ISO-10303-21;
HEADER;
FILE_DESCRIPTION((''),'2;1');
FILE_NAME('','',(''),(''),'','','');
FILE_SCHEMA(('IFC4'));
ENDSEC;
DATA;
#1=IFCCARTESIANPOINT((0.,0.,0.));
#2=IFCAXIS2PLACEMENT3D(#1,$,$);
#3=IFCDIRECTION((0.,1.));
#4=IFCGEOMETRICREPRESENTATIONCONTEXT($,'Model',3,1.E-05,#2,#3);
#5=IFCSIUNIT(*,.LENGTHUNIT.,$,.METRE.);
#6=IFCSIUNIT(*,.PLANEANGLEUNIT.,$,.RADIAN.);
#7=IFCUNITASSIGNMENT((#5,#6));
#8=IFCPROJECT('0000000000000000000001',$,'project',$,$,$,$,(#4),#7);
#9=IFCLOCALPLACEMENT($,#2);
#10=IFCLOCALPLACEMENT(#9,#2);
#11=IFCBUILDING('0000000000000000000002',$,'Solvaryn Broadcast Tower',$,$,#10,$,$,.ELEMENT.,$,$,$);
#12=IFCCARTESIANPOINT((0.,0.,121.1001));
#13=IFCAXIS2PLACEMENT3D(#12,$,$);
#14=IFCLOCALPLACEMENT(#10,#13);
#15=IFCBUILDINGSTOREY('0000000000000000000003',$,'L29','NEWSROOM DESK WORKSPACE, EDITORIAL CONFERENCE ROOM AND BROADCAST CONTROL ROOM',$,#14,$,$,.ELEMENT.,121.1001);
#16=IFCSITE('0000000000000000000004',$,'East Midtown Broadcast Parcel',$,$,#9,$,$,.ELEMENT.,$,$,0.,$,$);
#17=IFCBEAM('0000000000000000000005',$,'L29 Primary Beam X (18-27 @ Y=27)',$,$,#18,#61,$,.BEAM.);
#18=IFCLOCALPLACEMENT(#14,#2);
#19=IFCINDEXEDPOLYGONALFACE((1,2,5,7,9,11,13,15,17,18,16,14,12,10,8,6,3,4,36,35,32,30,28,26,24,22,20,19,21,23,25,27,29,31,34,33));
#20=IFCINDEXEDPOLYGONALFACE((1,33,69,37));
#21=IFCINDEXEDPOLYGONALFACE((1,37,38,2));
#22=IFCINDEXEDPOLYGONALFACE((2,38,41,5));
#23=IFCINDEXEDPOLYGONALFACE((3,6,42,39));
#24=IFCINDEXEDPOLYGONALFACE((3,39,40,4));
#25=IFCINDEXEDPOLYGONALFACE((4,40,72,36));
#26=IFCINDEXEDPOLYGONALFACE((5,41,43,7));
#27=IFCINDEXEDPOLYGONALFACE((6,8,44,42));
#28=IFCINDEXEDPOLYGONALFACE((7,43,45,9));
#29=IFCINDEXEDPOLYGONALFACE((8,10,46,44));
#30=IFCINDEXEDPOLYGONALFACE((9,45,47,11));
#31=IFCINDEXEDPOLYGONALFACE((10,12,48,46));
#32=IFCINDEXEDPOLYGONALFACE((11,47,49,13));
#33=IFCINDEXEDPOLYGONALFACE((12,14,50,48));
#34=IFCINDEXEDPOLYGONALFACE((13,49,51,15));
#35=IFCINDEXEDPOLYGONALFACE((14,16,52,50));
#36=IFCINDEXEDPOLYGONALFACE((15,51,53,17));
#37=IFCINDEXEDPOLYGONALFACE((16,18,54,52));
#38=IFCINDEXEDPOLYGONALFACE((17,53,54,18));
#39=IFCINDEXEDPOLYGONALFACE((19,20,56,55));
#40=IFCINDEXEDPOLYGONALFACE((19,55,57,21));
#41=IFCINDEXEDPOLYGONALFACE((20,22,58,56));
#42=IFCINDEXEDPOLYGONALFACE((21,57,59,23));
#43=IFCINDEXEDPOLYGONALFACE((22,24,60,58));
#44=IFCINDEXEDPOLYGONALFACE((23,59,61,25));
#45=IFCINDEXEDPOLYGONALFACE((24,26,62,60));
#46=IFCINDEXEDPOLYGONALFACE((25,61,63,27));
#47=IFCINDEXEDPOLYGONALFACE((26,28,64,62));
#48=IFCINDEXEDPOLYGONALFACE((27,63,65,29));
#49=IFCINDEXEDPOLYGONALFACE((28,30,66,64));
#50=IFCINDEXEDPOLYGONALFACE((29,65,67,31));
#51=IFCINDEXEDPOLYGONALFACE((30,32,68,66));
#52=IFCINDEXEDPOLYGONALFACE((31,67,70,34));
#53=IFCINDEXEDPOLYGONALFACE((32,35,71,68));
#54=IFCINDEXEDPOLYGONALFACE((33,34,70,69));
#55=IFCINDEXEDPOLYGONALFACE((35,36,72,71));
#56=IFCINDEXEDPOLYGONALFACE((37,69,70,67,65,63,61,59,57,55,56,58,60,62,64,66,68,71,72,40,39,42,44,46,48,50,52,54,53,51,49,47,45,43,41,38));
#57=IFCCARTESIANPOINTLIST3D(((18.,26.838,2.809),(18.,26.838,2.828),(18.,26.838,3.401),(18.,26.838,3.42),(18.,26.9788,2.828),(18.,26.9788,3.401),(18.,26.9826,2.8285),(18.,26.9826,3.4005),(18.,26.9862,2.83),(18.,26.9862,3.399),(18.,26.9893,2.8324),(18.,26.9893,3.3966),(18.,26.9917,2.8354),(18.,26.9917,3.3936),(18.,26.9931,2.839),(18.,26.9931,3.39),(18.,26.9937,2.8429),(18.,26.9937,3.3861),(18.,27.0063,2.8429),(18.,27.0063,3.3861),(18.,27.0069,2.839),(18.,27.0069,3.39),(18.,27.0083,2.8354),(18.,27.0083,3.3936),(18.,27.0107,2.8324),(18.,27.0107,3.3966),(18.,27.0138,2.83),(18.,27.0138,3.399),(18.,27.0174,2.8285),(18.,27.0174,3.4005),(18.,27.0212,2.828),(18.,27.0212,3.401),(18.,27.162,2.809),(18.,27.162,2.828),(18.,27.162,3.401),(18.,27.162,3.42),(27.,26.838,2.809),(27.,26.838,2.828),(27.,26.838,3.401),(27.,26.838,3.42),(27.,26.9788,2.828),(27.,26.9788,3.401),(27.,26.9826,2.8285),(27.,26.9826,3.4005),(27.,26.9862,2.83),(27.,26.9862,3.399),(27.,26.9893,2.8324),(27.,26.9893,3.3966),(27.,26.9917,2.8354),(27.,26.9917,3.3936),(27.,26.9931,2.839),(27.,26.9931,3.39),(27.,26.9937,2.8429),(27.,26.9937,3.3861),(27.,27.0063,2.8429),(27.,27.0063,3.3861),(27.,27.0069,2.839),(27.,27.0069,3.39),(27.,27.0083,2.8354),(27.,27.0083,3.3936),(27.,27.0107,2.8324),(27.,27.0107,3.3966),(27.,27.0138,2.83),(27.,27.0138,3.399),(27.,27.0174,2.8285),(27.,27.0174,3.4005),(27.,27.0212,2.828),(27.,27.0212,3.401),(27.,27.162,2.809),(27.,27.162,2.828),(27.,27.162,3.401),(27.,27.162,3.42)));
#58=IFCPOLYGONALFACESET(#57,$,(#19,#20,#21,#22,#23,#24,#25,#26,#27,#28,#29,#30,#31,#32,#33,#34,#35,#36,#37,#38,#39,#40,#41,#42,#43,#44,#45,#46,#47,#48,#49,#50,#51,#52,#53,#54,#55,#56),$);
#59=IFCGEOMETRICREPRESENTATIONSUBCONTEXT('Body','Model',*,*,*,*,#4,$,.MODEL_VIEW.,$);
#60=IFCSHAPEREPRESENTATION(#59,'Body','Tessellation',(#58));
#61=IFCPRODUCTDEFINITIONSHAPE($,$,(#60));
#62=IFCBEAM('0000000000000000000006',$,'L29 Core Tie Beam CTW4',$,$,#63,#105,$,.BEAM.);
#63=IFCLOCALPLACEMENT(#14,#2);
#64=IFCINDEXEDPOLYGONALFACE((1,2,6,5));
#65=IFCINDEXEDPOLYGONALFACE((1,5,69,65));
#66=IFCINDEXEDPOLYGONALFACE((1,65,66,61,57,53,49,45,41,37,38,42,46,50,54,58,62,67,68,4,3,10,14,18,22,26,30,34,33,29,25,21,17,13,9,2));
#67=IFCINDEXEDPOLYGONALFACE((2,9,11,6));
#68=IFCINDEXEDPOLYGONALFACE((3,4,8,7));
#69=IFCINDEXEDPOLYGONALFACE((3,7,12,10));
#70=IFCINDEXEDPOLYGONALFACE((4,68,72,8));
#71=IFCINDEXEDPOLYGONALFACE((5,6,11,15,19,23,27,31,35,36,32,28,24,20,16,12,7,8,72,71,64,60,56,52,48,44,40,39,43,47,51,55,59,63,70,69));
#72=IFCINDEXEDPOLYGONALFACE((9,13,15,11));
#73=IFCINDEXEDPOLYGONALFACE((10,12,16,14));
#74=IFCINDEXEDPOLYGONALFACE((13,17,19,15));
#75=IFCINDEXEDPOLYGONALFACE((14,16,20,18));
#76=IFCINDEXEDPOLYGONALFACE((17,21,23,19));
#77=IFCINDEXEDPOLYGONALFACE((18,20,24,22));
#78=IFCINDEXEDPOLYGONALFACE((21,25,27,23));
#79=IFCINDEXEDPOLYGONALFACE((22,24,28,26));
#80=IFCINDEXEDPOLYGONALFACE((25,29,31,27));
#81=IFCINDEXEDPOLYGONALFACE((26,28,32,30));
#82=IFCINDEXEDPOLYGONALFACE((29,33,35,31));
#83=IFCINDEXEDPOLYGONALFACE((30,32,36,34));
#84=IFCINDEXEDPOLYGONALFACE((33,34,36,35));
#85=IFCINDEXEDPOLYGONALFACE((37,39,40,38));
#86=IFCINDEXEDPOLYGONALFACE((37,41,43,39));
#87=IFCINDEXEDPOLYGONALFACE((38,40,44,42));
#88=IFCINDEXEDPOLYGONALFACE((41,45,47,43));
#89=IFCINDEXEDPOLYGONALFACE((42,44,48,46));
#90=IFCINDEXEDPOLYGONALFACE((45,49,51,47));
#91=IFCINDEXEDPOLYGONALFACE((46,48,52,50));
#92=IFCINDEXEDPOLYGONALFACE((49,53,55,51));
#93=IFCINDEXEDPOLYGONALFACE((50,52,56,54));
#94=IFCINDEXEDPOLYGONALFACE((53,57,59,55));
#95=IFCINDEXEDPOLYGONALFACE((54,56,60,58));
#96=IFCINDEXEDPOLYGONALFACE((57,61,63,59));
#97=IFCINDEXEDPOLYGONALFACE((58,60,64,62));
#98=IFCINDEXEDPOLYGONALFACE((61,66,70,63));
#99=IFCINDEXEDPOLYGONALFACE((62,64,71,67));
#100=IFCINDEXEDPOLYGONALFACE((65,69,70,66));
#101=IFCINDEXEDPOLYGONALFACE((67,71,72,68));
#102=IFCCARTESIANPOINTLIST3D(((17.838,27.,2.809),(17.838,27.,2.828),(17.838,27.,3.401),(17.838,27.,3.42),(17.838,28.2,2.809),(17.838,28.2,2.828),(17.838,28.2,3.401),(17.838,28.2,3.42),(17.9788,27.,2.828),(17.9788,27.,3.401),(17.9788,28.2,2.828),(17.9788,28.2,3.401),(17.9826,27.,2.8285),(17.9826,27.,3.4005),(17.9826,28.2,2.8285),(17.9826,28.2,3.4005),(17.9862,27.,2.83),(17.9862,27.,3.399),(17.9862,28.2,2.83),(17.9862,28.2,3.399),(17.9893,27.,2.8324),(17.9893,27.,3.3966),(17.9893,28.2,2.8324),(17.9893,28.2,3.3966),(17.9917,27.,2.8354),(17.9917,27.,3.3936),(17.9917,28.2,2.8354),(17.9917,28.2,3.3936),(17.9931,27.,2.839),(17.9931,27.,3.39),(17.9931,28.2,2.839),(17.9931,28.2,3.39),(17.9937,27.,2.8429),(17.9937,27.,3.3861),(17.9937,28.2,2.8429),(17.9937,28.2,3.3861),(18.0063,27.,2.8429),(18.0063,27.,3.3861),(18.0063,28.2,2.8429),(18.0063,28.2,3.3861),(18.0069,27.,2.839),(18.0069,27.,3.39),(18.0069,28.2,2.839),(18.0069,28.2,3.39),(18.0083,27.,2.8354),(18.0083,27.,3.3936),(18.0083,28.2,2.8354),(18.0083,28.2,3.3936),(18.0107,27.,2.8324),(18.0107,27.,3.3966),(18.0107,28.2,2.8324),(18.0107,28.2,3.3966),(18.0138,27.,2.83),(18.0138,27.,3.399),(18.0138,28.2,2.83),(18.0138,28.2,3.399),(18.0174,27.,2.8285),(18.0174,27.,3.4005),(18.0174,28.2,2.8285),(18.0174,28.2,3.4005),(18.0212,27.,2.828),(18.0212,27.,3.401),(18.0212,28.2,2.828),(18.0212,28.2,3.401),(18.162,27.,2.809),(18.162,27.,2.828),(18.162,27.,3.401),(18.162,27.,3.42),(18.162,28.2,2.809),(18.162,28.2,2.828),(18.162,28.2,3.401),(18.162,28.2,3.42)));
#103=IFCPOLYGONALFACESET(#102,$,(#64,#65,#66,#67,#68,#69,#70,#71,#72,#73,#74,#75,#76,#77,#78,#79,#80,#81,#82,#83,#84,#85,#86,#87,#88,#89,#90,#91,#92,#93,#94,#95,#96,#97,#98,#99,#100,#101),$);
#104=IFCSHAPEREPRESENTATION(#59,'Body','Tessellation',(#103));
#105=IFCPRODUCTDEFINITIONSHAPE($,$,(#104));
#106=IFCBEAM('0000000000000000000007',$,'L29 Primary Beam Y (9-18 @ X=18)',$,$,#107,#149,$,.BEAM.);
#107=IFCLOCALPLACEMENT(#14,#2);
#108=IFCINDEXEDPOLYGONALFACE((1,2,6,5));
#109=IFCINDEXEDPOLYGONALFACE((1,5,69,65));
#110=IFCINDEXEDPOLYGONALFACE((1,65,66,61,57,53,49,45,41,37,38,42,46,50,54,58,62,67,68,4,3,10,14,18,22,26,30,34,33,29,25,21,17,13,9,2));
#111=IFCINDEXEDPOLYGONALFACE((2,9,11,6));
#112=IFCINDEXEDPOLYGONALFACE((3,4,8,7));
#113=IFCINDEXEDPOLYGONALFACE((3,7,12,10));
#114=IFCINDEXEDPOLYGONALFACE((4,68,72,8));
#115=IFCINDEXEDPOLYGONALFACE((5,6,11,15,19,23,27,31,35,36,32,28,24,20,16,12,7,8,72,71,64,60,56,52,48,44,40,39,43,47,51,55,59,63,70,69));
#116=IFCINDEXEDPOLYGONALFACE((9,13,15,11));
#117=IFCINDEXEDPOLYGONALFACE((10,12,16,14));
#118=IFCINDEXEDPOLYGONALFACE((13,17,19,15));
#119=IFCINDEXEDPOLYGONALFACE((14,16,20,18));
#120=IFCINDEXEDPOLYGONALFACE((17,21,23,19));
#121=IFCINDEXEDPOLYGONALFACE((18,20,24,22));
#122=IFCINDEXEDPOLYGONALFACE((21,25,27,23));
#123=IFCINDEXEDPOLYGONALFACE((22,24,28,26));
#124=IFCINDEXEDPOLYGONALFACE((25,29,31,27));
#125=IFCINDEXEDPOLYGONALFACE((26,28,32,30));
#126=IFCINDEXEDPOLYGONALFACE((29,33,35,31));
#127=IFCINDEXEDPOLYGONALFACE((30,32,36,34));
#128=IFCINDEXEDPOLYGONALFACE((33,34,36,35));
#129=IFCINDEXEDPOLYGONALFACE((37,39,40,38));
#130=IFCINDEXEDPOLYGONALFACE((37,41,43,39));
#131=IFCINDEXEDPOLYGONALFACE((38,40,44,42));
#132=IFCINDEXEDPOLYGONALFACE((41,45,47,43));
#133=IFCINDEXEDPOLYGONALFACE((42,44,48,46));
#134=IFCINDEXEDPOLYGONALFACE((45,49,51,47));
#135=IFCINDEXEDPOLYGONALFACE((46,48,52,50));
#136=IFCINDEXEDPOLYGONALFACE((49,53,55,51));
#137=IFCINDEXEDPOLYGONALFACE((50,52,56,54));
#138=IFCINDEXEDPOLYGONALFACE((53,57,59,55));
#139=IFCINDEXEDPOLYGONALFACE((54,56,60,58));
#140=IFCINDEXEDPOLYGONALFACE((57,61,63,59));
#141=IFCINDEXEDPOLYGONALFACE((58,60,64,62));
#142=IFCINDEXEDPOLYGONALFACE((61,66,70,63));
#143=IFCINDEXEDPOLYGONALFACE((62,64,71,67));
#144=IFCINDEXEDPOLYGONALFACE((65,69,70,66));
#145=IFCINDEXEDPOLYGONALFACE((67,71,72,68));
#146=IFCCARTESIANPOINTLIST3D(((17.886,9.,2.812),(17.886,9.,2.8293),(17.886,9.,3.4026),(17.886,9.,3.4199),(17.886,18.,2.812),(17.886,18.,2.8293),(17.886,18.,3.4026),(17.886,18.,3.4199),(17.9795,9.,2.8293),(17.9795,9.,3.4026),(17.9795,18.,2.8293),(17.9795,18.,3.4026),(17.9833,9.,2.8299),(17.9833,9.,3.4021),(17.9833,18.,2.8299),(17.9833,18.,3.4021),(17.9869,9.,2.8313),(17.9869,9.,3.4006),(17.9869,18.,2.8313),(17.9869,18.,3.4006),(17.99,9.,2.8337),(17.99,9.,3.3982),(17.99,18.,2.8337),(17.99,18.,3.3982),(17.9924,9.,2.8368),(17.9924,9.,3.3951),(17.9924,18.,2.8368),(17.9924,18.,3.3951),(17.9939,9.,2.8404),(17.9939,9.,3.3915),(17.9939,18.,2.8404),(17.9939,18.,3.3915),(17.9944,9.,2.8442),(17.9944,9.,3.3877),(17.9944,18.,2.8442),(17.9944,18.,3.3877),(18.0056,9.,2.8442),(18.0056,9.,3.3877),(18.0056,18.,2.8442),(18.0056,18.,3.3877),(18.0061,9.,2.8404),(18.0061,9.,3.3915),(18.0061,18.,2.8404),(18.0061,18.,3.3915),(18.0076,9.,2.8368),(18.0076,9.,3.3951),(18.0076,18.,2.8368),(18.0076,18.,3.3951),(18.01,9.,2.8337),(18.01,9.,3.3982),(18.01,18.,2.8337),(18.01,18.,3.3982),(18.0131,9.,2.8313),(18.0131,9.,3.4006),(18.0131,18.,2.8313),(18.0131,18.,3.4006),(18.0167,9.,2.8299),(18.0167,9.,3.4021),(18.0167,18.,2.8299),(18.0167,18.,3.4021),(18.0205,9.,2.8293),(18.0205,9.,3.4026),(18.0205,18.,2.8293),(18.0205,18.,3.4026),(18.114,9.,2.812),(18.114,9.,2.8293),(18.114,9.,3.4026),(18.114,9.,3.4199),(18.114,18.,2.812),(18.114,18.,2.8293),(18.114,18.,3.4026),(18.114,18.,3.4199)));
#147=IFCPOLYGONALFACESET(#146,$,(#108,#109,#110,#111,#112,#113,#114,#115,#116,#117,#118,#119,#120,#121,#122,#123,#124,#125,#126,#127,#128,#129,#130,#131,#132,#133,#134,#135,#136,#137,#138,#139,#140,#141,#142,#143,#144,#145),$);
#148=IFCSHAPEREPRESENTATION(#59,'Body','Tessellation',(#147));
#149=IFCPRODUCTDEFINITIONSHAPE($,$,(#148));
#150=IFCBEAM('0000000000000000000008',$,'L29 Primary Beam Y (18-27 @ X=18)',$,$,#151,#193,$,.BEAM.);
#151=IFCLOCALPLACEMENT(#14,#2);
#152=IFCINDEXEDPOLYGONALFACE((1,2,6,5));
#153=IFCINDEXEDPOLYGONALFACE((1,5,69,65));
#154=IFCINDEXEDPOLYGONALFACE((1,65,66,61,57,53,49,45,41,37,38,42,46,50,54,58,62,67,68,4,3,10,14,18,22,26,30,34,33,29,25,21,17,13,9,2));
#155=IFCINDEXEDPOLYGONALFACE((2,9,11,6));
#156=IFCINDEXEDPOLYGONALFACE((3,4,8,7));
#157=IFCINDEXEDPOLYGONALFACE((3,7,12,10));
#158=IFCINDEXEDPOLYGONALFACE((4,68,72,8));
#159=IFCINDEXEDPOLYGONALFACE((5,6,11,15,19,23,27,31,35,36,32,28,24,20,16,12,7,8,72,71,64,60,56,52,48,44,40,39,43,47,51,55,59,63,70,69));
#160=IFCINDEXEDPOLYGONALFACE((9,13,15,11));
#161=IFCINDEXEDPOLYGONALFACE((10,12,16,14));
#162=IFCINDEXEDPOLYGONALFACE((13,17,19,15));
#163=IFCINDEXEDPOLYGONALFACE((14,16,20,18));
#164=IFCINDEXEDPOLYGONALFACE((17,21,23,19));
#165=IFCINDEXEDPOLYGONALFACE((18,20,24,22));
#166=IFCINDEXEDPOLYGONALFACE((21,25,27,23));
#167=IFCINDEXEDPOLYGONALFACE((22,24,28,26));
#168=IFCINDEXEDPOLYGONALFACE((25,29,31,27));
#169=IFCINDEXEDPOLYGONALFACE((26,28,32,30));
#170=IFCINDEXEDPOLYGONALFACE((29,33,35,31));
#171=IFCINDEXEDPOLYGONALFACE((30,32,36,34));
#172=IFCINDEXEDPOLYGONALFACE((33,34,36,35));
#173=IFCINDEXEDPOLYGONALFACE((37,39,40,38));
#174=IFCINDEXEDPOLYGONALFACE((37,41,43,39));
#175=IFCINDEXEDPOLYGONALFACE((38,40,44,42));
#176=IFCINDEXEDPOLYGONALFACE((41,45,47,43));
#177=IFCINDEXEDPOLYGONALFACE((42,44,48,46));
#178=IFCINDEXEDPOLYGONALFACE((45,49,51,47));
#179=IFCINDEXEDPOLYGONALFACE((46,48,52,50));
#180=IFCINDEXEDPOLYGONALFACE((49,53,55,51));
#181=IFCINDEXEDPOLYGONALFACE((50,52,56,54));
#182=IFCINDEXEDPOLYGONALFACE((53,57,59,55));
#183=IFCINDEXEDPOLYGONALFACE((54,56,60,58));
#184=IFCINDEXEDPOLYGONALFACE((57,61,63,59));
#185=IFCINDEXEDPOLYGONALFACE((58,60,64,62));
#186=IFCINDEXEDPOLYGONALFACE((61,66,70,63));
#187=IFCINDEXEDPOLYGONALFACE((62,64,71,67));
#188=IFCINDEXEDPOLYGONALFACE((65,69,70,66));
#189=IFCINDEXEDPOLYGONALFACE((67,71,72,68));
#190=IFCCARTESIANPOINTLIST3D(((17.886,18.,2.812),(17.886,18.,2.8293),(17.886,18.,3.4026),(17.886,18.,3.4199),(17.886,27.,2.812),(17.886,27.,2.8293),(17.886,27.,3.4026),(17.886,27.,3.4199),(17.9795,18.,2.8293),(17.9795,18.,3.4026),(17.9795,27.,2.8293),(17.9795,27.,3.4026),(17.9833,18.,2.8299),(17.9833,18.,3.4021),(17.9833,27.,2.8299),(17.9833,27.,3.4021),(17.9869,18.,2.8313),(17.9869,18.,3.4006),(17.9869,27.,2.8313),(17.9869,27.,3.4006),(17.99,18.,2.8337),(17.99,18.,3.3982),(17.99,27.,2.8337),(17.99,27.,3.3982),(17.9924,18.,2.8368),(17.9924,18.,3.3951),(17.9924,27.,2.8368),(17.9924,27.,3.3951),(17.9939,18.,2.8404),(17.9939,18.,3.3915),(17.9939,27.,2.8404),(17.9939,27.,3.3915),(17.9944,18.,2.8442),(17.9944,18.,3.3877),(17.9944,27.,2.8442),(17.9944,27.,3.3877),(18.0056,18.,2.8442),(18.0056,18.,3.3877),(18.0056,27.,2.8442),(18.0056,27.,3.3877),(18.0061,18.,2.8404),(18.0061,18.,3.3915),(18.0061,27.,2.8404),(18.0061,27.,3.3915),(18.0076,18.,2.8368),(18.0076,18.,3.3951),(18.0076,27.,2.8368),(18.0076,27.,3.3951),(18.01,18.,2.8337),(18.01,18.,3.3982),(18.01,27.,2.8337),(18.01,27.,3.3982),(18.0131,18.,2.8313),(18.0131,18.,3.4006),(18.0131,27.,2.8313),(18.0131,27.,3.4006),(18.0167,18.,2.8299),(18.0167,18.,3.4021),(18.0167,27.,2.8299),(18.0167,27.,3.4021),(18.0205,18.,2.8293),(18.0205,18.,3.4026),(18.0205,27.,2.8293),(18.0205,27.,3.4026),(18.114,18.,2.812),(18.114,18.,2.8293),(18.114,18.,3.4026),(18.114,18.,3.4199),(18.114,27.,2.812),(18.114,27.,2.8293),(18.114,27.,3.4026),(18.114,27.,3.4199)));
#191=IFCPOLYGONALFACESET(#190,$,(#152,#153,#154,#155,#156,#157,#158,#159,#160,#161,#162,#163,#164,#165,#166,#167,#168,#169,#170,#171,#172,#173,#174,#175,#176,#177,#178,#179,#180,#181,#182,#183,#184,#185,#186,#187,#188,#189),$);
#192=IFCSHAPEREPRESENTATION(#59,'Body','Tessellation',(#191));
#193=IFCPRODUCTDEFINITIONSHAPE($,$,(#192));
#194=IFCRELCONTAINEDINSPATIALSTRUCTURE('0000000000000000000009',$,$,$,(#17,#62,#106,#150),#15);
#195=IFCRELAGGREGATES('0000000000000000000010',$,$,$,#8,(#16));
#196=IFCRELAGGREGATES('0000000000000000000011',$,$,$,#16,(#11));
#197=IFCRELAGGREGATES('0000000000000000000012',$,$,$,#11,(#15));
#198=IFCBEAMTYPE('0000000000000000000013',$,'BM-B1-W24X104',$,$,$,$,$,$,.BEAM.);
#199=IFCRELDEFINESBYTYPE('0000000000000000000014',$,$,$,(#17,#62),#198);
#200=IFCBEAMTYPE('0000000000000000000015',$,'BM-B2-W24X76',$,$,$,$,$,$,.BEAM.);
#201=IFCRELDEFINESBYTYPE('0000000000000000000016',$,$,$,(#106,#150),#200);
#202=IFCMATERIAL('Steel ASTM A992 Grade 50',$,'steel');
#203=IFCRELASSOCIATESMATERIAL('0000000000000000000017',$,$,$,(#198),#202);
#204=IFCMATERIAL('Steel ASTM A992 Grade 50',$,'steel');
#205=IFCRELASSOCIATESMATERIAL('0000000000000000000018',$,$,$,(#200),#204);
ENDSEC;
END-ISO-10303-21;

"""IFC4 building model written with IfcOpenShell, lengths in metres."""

from ifc_helpers import new_model, si_unit, direction, frame, origin, origin_2d, place, context, subcontext, project, spatial, i_section, extrude, material, material_profile, profile_set, type_object, element, save


model = new_model("IFC4")

# Units and contexts
model_context = context("Model", 3, precision=1e-05, world=origin(), true_north=direction((0.0, 1.0)))
body_context = subcontext(model_context, "Body", "Model", "MODEL_VIEW")
ifc_project = project(units=[si_unit("LENGTHUNIT", "METRE"), si_unit("PLANEANGLEUNIT", "RADIAN")], contexts=[model_context])

# Site, building, storey
site_placement = place(None, origin())
site = spatial("IfcSite", under=ifc_project, at=site_placement, Name="East Midtown Broadcast Parcel", CompositionType="ELEMENT", RefElevation=0.0)
building_placement = place(site_placement, origin())
building = spatial("IfcBuilding", under=site, at=building_placement, Name="Solvaryn Broadcast Tower", CompositionType="ELEMENT")
storey_placement = place(building_placement, frame((0.0, 0.0, 121.1001)))
storey = spatial("IfcBuildingStorey", under=building, at=storey_placement, Name="L29", Description="NEWSROOM DESK WORKSPACE, EDITORIAL CONFERENCE ROOM AND BROADCAST CONTROL ROOM", CompositionType="ELEMENT", Elevation=121.1001)

# Beams
ifc_material_1 = material(Name="Steel ASTM A992 Grade 50", Category="steel")
ifc_material_profile_1 = material_profile(ifc_material_1, i_section(OverallWidth=0.324, OverallDepth=0.6111, WebThickness=0.0127, FlangeThickness=0.019, FilletRadius=0.0149, at=origin_2d()))
ifc_profile_set_1 = profile_set([ifc_material_profile_1], Name="Steel ASTM A992 Grade 50")
beam_type_1 = type_object("IfcBeamType", Name="BM-B1-W24X104", PredefinedType="BEAM", material=ifc_profile_set_1)
for number, where, z_axis, x_axis, name in (
    (1, (18.0, 27.0, 3.1145), (1.0, 0.0, 0.0), (0.0, 1.0, 0.0), "L29 Primary Beam X (18-27 @ Y=27)"),
):
    element("IfcBeam", number, at=place(storey_placement, frame(where, z_axis=z_axis, x_axis=x_axis)), inside=storey, type_object=beam_type_1, Name=name, PredefinedType="BEAM", context=body_context, shape_type="SweptSolid", body=[
        extrude(i_section(OverallWidth=0.324, OverallDepth=0.6111, WebThickness=0.0127, FlangeThickness=0.019, FilletRadius=0.0149, at=origin_2d()), origin(), (0.0, 0.0, 1.0), 9.0),
    ])
beam_1_placement = place(storey_placement, frame((18.0, 27.0, 3.1145), z_axis=(0.0, 1.0, 0.0), x_axis=(-1.0, 0.0, 0.0)))
element("IfcBeam", 2, at=beam_1_placement, inside=storey, type_object=beam_type_1, Name="L29 Core Tie Beam CTW4", PredefinedType="BEAM", context=body_context, shape_type="SweptSolid", body=[
    extrude(i_section(OverallWidth=0.324, OverallDepth=0.6111, WebThickness=0.0127, FlangeThickness=0.019, FilletRadius=0.0149, at=origin_2d()), origin(), (0.0, 0.0, 1.0), 1.2),
])
ifc_material_2 = material(Name="Steel ASTM A992 Grade 50", Category="steel")
ifc_material_profile_2 = material_profile(ifc_material_2, i_section(OverallWidth=0.228, OverallDepth=0.6079, WebThickness=0.0112, FlangeThickness=0.0173, FilletRadius=0.0149, at=origin_2d()))
ifc_profile_set_2 = profile_set([ifc_material_profile_2], Name="Steel ASTM A992 Grade 50")
beam_type_2 = type_object("IfcBeamType", Name="BM-B2-W24X76", PredefinedType="BEAM", material=ifc_profile_set_2)
for number, where, z_axis, x_axis, name in (
    (3, (18.0, 9.0, 3.116), (0.0, 1.0, 0.0), (-1.0, 0.0, 0.0), "L29 Primary Beam Y (9-18 @ X=18)"),
    (4, (18.0, 18.0, 3.116), (0.0, 1.0, 0.0), (-1.0, 0.0, 0.0), "L29 Primary Beam Y (18-27 @ X=18)"),
):
    element("IfcBeam", number, at=place(storey_placement, frame(where, z_axis=z_axis, x_axis=x_axis)), inside=storey, type_object=beam_type_2, Name=name, PredefinedType="BEAM", context=body_context, shape_type="SweptSolid", body=[
        extrude(i_section(OverallWidth=0.228, OverallDepth=0.6079, WebThickness=0.0112, FlangeThickness=0.0173, FilletRadius=0.0149, at=origin_2d()), origin(), (0.0, 0.0, 1.0), 9.0),
    ])

save(model, "model.ifc")
